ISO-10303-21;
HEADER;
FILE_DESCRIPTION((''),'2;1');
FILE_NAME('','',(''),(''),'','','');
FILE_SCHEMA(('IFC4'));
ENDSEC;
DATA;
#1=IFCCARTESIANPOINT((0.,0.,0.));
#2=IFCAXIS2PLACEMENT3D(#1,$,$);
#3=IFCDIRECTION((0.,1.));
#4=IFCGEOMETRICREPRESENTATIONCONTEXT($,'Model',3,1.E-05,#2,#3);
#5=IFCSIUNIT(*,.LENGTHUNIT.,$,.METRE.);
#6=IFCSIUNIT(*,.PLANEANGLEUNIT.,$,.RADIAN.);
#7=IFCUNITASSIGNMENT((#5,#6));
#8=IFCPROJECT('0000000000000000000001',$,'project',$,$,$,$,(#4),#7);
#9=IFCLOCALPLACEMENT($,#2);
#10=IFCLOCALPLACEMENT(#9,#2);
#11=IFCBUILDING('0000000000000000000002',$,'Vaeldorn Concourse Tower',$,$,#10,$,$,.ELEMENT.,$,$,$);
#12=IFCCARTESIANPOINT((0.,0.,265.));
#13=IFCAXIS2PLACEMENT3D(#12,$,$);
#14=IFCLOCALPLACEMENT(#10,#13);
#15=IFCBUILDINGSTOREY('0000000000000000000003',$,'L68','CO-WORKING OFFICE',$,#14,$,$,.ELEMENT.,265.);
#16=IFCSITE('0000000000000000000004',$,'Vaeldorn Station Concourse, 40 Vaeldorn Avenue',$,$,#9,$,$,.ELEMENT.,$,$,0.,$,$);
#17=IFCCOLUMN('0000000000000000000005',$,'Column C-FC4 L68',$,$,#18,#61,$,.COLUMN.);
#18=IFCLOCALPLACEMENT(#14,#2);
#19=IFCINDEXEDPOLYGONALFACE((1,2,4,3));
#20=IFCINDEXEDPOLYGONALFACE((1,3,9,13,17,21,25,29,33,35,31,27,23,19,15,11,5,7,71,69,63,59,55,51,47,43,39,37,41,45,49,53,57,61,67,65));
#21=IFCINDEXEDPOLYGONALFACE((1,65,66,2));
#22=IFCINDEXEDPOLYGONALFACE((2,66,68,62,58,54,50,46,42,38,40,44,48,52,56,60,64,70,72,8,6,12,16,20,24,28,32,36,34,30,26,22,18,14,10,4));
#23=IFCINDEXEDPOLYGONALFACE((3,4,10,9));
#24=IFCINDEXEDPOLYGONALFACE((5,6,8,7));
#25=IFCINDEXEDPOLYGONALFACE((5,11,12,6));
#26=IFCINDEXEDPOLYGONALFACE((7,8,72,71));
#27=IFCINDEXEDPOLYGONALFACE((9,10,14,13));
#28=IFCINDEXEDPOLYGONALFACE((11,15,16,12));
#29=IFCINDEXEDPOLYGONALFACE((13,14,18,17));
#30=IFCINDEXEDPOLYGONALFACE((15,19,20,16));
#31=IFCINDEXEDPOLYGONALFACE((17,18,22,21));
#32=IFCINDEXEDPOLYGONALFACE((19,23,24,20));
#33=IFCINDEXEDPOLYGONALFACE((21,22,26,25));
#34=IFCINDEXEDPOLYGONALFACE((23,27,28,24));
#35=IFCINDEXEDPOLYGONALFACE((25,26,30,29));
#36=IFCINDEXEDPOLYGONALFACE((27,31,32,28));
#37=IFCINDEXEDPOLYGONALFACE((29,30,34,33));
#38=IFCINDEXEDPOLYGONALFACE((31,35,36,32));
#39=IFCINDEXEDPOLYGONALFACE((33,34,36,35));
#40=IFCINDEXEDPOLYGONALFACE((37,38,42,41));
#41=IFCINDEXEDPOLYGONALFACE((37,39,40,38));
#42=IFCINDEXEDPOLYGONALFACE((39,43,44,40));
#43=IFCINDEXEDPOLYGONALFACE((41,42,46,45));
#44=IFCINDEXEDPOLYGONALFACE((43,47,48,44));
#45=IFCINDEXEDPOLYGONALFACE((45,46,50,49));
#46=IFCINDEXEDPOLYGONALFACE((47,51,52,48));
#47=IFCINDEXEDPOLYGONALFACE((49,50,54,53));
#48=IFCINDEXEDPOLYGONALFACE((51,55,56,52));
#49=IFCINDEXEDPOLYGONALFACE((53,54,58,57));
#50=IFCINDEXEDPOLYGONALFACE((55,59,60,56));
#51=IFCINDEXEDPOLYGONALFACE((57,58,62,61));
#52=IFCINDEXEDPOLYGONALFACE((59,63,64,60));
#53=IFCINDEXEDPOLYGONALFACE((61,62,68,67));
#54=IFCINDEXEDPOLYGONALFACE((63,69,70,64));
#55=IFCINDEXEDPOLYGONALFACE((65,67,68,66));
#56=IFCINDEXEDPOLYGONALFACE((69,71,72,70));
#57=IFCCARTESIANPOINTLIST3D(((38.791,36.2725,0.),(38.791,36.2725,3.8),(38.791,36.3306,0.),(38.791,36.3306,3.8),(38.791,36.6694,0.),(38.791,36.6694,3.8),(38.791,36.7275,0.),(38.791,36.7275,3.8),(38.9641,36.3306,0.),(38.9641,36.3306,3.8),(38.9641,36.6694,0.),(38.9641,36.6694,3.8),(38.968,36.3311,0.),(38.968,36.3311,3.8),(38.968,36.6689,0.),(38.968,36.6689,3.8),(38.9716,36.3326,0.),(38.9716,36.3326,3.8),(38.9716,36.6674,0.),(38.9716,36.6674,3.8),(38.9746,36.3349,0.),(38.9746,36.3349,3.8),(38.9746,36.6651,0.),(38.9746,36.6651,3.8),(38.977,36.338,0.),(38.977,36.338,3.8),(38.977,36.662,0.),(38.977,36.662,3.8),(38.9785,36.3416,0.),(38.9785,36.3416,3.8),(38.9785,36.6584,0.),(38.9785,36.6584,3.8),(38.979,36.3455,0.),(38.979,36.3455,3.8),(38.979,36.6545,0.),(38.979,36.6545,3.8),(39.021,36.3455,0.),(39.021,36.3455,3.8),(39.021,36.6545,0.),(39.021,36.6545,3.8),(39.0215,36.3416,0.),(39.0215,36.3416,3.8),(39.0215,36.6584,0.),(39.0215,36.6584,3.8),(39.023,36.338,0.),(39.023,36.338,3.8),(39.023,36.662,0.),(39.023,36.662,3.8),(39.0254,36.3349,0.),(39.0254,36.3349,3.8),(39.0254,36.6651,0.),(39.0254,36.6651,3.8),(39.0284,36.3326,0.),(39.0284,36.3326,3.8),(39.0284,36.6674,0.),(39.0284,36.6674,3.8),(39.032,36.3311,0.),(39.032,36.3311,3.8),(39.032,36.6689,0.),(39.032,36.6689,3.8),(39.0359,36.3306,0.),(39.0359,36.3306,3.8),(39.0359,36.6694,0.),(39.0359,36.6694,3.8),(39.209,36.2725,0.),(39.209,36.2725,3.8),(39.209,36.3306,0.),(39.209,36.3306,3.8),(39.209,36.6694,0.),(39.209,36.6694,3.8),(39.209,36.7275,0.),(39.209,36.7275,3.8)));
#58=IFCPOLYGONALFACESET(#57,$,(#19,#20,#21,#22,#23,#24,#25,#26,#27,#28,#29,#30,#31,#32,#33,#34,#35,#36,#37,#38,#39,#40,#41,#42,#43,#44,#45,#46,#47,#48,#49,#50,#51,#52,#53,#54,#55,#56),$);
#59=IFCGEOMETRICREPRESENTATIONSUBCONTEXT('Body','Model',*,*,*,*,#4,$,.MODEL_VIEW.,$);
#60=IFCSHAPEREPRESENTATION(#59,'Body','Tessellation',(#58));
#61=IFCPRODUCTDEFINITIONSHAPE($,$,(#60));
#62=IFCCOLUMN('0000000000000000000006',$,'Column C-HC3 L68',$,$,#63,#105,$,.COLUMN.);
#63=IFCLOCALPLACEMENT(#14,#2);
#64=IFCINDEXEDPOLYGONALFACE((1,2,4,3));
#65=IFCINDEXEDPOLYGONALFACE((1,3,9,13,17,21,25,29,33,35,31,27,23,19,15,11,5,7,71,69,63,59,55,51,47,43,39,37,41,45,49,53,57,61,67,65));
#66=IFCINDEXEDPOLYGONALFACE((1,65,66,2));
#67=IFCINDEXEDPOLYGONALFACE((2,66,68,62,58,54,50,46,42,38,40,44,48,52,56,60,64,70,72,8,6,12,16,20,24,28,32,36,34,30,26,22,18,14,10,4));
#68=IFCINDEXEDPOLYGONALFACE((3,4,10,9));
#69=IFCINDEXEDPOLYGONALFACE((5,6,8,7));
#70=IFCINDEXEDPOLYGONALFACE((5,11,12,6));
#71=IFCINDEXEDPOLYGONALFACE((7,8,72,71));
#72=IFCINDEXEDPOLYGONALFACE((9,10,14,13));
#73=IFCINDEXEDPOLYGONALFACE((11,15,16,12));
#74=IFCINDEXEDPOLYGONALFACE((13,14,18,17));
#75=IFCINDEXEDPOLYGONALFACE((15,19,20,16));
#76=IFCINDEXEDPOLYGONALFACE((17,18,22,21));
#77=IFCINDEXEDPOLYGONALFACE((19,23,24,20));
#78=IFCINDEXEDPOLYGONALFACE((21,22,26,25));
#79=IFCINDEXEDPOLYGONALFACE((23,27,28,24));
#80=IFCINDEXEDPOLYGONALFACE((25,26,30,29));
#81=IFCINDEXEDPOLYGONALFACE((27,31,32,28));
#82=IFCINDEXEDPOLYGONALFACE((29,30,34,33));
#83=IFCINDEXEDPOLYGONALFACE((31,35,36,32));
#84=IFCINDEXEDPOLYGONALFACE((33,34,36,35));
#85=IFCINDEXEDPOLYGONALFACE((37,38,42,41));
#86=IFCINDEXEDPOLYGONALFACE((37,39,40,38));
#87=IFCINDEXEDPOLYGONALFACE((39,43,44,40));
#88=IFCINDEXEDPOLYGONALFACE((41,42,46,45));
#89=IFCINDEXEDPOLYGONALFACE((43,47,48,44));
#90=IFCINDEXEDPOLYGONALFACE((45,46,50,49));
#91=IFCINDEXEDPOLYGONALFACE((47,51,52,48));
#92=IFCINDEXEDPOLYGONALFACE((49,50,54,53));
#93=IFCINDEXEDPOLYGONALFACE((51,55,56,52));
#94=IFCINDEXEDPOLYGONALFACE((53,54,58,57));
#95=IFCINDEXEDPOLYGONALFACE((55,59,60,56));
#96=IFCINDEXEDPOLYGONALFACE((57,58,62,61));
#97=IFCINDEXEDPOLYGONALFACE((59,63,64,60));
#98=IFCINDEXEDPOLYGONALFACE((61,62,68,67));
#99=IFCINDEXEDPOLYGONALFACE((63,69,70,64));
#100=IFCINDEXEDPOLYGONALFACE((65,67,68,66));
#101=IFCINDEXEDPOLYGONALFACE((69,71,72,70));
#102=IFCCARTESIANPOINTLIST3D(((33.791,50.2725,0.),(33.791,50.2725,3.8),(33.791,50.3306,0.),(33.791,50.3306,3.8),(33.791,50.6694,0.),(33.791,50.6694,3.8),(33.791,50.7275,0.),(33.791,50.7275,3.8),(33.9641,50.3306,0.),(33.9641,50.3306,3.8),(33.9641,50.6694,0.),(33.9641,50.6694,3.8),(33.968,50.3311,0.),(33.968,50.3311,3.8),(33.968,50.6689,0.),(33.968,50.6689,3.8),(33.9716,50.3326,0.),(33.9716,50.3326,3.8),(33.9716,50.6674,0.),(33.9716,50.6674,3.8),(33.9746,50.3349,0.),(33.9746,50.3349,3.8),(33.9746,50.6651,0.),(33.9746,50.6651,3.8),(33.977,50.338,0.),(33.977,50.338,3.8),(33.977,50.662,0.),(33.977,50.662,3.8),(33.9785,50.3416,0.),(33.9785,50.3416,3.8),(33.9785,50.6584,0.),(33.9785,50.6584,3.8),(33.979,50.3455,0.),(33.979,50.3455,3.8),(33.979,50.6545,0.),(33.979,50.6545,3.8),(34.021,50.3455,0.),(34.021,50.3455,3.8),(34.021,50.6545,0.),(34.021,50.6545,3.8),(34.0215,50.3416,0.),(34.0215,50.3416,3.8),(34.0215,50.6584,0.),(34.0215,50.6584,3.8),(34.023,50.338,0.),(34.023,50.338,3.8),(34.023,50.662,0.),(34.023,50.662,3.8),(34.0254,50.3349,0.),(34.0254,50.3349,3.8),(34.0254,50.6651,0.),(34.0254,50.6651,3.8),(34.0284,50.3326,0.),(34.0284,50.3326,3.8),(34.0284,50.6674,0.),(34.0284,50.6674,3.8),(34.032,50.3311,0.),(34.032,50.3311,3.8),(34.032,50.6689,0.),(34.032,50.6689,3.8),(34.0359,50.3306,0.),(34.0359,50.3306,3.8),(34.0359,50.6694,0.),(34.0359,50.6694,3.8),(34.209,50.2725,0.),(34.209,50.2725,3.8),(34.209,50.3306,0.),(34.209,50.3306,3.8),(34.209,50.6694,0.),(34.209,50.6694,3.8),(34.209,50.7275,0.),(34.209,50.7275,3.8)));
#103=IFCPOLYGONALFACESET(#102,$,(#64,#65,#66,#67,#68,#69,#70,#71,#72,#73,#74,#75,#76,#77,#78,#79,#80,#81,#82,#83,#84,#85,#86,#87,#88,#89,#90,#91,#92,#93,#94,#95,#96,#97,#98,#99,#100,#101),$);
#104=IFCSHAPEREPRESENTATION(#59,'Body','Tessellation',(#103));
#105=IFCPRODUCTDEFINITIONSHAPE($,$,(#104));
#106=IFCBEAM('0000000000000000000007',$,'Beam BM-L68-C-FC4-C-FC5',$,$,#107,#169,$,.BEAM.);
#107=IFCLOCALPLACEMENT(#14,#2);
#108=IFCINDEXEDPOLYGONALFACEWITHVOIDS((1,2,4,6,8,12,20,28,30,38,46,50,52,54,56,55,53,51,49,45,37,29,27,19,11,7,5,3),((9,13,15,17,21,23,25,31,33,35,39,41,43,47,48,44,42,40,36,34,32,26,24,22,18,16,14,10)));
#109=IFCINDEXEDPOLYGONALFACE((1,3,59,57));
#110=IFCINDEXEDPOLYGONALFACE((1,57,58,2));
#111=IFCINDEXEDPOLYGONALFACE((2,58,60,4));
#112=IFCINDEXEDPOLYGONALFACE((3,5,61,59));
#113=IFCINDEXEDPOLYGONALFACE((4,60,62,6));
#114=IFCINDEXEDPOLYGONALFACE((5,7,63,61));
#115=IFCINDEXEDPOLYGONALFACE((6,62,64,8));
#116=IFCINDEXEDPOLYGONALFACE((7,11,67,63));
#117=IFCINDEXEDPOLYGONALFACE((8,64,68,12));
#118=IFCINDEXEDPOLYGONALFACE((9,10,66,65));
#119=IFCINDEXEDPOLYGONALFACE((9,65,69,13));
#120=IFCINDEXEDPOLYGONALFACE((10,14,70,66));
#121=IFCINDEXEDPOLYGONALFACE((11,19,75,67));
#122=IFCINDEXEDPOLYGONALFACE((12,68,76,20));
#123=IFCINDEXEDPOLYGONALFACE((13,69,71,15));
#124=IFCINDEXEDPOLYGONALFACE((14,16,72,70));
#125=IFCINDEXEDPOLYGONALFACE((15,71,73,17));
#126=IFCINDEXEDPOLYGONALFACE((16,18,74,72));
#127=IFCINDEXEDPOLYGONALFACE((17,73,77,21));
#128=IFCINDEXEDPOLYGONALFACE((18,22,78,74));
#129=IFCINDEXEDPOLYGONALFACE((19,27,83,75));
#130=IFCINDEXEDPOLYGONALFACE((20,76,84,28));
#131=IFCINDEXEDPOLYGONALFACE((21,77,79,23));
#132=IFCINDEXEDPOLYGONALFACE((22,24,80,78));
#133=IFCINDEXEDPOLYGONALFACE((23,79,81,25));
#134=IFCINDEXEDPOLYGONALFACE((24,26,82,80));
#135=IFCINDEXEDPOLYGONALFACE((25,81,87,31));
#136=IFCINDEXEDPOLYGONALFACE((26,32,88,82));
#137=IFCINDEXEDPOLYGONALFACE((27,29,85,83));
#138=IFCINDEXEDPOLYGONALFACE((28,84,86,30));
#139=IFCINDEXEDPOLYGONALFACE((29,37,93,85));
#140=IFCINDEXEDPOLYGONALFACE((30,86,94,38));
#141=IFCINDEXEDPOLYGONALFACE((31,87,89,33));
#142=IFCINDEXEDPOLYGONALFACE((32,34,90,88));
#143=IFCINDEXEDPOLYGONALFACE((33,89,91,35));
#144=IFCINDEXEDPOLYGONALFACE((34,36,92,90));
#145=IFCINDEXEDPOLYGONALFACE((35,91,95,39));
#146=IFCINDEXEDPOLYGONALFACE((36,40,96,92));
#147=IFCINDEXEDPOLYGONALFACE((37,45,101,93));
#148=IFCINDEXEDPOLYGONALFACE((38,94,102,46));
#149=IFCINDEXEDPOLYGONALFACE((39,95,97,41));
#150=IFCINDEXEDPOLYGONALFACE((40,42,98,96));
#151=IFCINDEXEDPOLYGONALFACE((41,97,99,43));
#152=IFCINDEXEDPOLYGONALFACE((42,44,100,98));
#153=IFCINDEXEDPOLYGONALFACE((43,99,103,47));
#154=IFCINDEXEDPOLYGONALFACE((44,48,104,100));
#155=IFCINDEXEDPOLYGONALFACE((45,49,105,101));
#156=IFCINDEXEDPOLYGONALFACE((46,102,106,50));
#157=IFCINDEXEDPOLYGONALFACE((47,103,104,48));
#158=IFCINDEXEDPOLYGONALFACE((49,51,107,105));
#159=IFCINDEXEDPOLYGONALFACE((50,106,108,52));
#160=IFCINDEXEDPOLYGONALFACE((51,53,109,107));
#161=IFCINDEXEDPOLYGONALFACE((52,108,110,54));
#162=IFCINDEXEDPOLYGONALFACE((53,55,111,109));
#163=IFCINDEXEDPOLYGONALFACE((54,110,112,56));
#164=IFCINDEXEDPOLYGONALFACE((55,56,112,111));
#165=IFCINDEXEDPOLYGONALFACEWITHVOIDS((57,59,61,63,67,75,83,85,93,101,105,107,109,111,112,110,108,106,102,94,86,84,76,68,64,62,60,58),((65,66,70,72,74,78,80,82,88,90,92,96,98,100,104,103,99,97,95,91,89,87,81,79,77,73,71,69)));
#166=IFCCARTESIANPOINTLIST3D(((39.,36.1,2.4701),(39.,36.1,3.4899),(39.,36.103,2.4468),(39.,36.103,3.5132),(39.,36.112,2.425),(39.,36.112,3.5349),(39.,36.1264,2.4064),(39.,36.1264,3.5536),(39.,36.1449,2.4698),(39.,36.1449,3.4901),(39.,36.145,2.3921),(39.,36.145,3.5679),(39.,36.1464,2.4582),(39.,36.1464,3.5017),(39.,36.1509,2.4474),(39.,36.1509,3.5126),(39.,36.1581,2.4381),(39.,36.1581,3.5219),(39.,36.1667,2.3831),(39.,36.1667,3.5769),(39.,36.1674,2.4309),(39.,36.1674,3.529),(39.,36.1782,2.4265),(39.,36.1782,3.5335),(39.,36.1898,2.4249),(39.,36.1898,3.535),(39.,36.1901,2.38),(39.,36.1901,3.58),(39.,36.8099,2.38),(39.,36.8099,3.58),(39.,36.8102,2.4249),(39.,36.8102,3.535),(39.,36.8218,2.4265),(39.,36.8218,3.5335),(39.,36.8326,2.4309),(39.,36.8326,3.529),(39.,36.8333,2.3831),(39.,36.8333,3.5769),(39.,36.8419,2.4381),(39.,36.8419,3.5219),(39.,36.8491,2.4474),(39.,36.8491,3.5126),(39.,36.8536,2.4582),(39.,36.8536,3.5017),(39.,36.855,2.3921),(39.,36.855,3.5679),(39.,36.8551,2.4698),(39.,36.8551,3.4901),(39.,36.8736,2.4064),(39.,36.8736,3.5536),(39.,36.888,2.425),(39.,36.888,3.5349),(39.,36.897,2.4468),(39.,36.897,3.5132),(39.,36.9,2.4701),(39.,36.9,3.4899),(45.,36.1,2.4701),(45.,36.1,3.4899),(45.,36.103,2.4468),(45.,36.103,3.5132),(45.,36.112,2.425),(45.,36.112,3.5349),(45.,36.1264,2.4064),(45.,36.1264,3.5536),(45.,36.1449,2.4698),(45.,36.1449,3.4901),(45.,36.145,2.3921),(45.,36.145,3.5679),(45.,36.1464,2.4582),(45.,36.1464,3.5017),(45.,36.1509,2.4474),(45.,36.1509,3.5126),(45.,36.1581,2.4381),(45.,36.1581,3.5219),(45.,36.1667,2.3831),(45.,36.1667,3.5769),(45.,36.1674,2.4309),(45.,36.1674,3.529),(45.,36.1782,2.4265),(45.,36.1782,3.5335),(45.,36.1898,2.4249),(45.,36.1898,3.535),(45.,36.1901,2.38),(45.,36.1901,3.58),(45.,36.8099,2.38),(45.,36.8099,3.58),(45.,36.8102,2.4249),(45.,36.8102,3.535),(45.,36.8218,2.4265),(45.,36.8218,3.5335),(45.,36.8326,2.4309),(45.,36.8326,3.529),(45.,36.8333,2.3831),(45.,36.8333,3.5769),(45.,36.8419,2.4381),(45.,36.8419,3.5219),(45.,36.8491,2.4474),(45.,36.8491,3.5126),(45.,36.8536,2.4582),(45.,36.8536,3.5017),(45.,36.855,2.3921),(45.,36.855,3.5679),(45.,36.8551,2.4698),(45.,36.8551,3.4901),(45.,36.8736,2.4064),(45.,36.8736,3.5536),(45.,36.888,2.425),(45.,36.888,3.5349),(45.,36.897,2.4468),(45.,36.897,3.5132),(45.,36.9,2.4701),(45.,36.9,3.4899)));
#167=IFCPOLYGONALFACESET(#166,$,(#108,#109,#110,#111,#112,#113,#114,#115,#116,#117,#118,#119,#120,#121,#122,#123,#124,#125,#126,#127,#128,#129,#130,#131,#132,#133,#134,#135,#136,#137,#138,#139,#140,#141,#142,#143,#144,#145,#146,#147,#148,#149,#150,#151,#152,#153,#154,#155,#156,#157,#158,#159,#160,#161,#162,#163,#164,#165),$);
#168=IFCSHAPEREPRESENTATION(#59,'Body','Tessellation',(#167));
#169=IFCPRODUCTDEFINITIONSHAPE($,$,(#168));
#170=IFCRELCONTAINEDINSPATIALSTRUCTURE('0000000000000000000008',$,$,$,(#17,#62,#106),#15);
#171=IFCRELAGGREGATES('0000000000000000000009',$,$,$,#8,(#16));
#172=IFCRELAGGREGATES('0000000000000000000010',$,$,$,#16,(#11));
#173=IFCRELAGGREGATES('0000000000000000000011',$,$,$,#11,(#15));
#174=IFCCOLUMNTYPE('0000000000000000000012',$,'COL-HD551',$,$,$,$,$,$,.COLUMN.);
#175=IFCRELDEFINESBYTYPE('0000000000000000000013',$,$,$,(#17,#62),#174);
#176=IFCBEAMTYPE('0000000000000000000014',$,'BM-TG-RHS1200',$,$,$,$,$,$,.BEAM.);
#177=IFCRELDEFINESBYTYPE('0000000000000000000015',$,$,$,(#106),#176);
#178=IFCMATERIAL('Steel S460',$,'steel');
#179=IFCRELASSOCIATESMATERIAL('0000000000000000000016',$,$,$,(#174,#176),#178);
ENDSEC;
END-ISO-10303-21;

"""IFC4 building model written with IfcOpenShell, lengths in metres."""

from ifc_helpers import new_model, si_unit, direction, frame, origin, origin_2d, place, context, subcontext, project, spatial, hollow_rectangle, i_section, extrude, source, transform, mapped, material, material_profile, profile_set, type_object, element, save


model = new_model("IFC4")

# Units and contexts
model_context = context("Model", 3, precision=1e-05, world=origin(), true_north=direction((0.0, 1.0)))
body_context = subcontext(model_context, "Body", "Model", "MODEL_VIEW")
ifc_project = project(units=[si_unit("LENGTHUNIT", "METRE"), si_unit("PLANEANGLEUNIT", "RADIAN")], contexts=[model_context])

# Site, building, storey
site_placement = place(None, origin())
site = spatial("IfcSite", under=ifc_project, at=site_placement, Name="Vaeldorn Station Concourse, 40 Vaeldorn Avenue", CompositionType="ELEMENT", RefElevation=0.0)
building_placement = place(site_placement, origin())
building = spatial("IfcBuilding", under=site, at=building_placement, Name="Vaeldorn Concourse Tower", CompositionType="ELEMENT")
storey_placement = place(building_placement, frame((0.0, 0.0, 265.0)))
storey = spatial("IfcBuildingStorey", under=building, at=storey_placement, Name="L68", Description="CO-WORKING OFFICE", CompositionType="ELEMENT", Elevation=265.0)

# Columns
ifc_material_1 = material(Name="Steel S460", Category="steel")
ifc_material_profile_1 = material_profile(ifc_material_1, i_section(OverallWidth=0.418, OverallDepth=0.4551, WebThickness=0.042, FlangeThickness=0.0581, FilletRadius=0.0149, at=origin_2d()), Name="HD 400x551")
ifc_profile_set_1 = profile_set([ifc_material_profile_1], Name="Steel S460")
column_type = type_object("IfcColumnType", Name="COL-HD551", PredefinedType="COLUMN", material=ifc_profile_set_1)
shared_shape_1 = source(origin(), body_context, "Body", "SweptSolid", [
    extrude(i_section(OverallWidth=0.418, OverallDepth=0.4551, WebThickness=0.042, FlangeThickness=0.0581, FilletRadius=0.0149, at=origin_2d()), origin(), (0.0, 0.0, 1.0), 3.8),
])
for number, where, z_axis, x_axis, name in (
    (1, (39.0, 36.5, 0.0), (0.0, 0.0, 1.0), (1.0, 0.0, 0.0), "Column C-FC4 L68"),
    (2, (34.0, 50.5, 0.0), (0.0, 0.0, 1.0), (1.0, 0.0, 0.0), "Column C-HC3 L68"),
):
    element("IfcColumn", number, at=place(storey_placement, frame(where, z_axis=z_axis, x_axis=x_axis)), inside=storey, type_object=column_type, Name=name, PredefinedType="COLUMN", context=body_context, shape_type="MappedRepresentation", body=[
        mapped(shared_shape_1, transform((0.0, 0.0, 0.0), scale=1.0)),
    ])

# Beam
ifc_material_profile_2 = material_profile(ifc_material_1, hollow_rectangle(XDim=0.8, YDim=1.2, WallThickness=0.0449, InnerFilletRadius=0.0449, OuterFilletRadius=0.0901, at=origin_2d()), Name="RHS 1200x800x45")
ifc_profile_set_2 = profile_set([ifc_material_profile_2], Name="Steel S460")
beam_type = type_object("IfcBeamType", Name="BM-TG-RHS1200", PredefinedType="BEAM", material=ifc_profile_set_2)
shared_shape_2 = source(origin(), body_context, "Body", "SweptSolid", [
    extrude(hollow_rectangle(XDim=0.8, YDim=1.2, WallThickness=0.0449, InnerFilletRadius=0.0449, OuterFilletRadius=0.0901, at=origin_2d()), origin(), (0.0, 0.0, 1.0), 6.0),
])
beam_1_placement = place(storey_placement, frame((39.0, 36.5, 2.98), z_axis=(1.0, 0.0, 0.0), x_axis=(0.0, 1.0, 0.0)))
element("IfcBeam", 3, at=beam_1_placement, inside=storey, type_object=beam_type, Name="Beam BM-L68-C-FC4-C-FC5", PredefinedType="BEAM", context=body_context, shape_type="MappedRepresentation", body=[
    mapped(shared_shape_2, transform((0.0, 0.0, 0.0), scale=1.0)),
])

save(model, "model.ifc")
